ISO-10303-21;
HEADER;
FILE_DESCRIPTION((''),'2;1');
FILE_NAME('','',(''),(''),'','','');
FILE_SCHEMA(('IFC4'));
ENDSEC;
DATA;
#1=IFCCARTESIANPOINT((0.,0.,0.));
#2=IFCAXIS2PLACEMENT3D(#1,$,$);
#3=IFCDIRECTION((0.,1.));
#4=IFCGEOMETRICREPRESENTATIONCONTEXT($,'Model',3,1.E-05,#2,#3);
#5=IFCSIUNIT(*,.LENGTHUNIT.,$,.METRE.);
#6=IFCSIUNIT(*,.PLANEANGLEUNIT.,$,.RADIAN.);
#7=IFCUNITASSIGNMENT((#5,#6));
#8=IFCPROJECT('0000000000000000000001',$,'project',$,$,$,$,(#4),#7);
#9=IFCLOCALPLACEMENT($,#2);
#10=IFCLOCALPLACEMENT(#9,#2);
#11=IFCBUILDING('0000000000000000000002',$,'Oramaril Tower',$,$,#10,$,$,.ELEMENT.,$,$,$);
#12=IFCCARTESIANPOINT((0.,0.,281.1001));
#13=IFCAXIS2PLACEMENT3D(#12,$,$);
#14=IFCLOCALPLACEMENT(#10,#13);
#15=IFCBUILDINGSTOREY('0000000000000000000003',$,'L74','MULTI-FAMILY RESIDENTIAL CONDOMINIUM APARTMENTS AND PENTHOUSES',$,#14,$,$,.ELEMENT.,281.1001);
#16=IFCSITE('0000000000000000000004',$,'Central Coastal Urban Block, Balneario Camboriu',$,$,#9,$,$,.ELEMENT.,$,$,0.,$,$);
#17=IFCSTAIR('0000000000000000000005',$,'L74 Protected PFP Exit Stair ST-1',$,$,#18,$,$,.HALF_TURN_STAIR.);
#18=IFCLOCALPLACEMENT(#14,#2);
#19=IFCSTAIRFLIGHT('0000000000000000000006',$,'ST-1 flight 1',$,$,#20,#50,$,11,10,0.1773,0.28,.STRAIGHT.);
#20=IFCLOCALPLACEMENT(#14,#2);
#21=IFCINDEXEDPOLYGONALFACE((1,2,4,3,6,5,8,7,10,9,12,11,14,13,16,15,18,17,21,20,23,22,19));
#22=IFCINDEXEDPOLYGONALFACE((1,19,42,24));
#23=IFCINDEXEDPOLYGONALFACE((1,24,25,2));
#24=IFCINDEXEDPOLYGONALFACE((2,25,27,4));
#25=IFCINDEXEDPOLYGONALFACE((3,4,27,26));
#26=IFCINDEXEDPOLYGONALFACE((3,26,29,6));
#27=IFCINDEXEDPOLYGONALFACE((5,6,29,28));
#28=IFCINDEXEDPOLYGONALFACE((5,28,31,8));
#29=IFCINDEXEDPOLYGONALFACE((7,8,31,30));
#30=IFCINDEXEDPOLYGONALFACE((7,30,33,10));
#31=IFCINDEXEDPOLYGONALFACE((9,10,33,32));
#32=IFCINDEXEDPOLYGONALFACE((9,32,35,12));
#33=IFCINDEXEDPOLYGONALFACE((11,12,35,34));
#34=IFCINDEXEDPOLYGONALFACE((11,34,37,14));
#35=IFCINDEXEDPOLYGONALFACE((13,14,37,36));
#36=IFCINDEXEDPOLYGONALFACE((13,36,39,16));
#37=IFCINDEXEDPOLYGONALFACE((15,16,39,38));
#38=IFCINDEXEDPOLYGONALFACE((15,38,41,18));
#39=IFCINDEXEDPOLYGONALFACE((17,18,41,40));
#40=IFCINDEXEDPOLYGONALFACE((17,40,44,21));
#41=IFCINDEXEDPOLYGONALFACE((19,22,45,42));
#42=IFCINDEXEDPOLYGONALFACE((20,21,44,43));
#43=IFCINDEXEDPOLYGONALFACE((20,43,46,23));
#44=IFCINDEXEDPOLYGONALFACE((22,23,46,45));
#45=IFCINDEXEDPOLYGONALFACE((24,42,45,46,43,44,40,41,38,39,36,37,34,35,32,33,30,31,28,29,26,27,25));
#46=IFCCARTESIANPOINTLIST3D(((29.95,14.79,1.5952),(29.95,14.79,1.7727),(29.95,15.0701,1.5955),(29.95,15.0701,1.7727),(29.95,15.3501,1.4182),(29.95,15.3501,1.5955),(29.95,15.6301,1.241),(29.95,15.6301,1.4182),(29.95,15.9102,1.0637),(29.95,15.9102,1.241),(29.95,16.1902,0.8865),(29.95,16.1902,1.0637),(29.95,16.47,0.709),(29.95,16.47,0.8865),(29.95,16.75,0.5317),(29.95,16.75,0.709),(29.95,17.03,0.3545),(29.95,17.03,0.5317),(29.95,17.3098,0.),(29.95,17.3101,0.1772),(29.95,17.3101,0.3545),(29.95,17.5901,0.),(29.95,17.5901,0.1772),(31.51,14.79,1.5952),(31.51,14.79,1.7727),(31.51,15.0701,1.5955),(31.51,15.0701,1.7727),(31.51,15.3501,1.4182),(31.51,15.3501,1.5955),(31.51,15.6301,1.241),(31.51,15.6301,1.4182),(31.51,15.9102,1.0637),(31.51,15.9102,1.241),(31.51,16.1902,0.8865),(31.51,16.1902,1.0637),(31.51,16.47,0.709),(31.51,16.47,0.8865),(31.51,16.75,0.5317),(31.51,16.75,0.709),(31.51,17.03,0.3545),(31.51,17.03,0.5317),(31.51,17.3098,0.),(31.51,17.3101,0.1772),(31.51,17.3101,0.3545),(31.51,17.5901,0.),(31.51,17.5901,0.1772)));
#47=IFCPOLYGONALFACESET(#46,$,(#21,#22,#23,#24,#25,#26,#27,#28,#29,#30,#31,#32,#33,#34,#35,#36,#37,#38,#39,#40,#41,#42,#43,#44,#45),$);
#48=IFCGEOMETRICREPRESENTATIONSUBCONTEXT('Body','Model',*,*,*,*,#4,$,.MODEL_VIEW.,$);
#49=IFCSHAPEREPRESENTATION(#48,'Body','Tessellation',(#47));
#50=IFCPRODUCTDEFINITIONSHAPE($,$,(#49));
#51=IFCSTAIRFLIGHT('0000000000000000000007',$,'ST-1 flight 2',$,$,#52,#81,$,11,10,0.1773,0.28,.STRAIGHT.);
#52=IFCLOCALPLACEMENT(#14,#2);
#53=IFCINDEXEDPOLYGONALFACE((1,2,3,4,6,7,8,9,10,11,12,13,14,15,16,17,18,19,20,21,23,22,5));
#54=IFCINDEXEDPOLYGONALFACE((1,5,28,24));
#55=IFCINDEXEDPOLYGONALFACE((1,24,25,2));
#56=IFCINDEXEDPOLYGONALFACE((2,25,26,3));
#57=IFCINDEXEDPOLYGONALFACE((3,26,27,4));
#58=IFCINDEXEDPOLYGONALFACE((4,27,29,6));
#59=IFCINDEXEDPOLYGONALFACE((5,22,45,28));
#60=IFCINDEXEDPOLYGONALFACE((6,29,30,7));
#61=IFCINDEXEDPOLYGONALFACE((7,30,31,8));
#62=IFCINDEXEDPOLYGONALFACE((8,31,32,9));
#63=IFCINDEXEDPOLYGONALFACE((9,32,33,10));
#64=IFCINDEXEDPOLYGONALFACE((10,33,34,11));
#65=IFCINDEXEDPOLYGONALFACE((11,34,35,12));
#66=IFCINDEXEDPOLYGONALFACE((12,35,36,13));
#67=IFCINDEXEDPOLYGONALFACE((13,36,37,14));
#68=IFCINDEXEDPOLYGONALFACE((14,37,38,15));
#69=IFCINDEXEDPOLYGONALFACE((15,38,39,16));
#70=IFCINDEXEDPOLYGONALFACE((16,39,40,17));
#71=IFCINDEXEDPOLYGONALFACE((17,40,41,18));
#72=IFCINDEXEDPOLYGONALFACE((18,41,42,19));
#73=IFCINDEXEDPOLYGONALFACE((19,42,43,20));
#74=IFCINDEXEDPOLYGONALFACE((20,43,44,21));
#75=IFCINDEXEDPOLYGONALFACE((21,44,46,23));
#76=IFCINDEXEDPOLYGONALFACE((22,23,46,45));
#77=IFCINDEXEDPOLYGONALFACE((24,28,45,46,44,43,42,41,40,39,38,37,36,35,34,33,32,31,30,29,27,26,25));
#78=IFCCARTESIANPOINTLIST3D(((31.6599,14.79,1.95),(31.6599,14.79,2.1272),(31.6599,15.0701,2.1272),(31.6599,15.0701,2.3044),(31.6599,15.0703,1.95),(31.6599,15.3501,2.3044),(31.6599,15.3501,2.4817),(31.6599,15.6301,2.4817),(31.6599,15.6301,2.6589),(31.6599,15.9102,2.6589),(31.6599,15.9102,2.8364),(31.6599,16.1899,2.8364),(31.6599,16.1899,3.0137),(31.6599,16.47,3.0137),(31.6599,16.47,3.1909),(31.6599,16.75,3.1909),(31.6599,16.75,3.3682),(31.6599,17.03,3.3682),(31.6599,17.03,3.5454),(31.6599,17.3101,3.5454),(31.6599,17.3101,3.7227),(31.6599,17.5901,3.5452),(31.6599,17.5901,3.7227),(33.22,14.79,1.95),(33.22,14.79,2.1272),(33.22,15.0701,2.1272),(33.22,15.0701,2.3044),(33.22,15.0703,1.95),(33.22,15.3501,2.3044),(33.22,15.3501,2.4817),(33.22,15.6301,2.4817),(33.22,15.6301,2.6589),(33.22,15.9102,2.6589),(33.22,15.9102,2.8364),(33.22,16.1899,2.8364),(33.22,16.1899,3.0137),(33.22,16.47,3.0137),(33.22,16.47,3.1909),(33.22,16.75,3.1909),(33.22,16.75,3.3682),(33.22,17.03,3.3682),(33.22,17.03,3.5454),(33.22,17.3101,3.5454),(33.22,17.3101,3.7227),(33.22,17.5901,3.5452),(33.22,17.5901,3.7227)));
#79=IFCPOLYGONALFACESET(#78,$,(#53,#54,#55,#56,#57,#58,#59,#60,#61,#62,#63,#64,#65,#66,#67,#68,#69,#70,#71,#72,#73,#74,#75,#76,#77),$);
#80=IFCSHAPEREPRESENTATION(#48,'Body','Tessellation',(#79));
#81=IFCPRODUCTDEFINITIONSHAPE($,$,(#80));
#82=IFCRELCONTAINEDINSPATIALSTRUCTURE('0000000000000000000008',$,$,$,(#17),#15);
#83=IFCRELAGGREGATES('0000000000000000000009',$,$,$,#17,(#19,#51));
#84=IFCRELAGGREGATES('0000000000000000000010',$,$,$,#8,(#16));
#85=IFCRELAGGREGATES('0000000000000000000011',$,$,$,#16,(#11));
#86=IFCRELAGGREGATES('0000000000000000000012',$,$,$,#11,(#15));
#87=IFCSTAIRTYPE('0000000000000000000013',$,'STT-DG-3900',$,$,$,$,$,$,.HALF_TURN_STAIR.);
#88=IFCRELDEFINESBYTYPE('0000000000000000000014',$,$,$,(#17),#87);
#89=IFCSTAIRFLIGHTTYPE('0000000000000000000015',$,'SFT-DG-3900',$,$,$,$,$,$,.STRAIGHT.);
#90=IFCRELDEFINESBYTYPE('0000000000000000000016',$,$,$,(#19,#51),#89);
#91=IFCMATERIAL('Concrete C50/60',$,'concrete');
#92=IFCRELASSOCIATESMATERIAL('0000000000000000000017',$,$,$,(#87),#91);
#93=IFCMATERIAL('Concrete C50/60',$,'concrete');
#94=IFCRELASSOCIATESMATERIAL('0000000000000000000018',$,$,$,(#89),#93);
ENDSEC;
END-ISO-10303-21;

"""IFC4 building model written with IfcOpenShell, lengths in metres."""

from ifc_helpers import new_model, si_unit, direction, frame, origin, place, context, subcontext, project, spatial, polyline, outline, extrude, material, type_object, element, aggregate, save


model = new_model("IFC4")

# Units and contexts
model_context = context("Model", 3, precision=1e-05, world=origin(), true_north=direction((0.0, 1.0)))
body_context = subcontext(model_context, "Body", "Model", "MODEL_VIEW")
ifc_project = project(units=[si_unit("LENGTHUNIT", "METRE"), si_unit("PLANEANGLEUNIT", "RADIAN")], contexts=[model_context])

# Site, building, storey
site_placement = place(None, origin())
site = spatial("IfcSite", under=ifc_project, at=site_placement, Name="Central Coastal Urban Block, Balneario Camboriu", CompositionType="ELEMENT", RefElevation=0.0)
building_placement = place(site_placement, origin())
building = spatial("IfcBuilding", under=site, at=building_placement, Name="Oramaril Tower", CompositionType="ELEMENT")
storey_placement = place(building_placement, frame((0.0, 0.0, 281.1001)))
storey = spatial("IfcBuildingStorey", under=building, at=storey_placement, Name="L74", Description="MULTI-FAMILY RESIDENTIAL CONDOMINIUM APARTMENTS AND PENTHOUSES", CompositionType="ELEMENT", Elevation=281.1001)

# Stair, stair flights
ifc_material_1 = material(Name="Concrete C50/60", Category="concrete")
stair_type = type_object("IfcStairType", Name="STT-DG-3900", PredefinedType="HALF_TURN_STAIR", material=ifc_material_1)
stair_placement = place(storey_placement, origin())
stair = element("IfcStair", 1, at=stair_placement, inside=storey, type_object=stair_type, Name="L74 Protected PFP Exit Stair ST-1", PredefinedType="HALF_TURN_STAIR")
ifc_material_2 = material(Name="Concrete C50/60", Category="concrete")
stair_flight_type = type_object("IfcStairFlightType", Name="SFT-DG-3900", PredefinedType="STRAIGHT", material=ifc_material_2)
stair_flight_1_placement = place(storey_placement, frame((30.73, 17.5901, 0.0), z_axis=(0.0, 0.0, 1.0), x_axis=(0.0, -1.0, 0.0)))
stair_flight_1 = element("IfcStairFlight", 2, at=stair_flight_1_placement, type_object=stair_flight_type, Name="ST-1 flight 1", NumberOfRisers=11, NumberOfTreads=10, PredefinedType="STRAIGHT", RiserHeight=0.1773, TreadLength=0.28, context=body_context, shape_type="SweptSolid", body=[
    extrude(outline(polyline([(0.0, 0.0), (0.0, 0.1772), (0.28, 0.1772), (0.28, 0.3545), (0.5601, 0.3545), (0.5601, 0.5317), (0.8401, 0.5317), (0.8401, 0.709), (1.1201, 0.709), (1.1201, 0.8865), (1.3999, 0.8865), (1.3999, 1.0637), (1.6799, 1.0637), (1.6799, 1.241), (1.96, 1.241), (1.96, 1.4182), (2.24, 1.4182), (2.24, 1.5955), (2.52, 1.5955), (2.52, 1.7727), (2.8, 1.7727), (2.8, 1.95), (2.8, 1.5952), (0.2803, 0.0), (0.0, 0.0)])), frame((0.0, 0.78, 0.0), z_axis=(0.0, -1.0, 0.0), x_axis=(1.0, 0.0, 0.0)), (0.0, 0.0, 1.0), 1.5601),
])
stair_flight_2_placement = place(storey_placement, frame((32.4399, 14.79, 1.95), z_axis=(0.0, 0.0, 1.0), x_axis=(0.0, 1.0, 0.0)))
stair_flight_2 = element("IfcStairFlight", 3, at=stair_flight_2_placement, type_object=stair_flight_type, Name="ST-1 flight 2", NumberOfRisers=11, NumberOfTreads=10, PredefinedType="STRAIGHT", RiserHeight=0.1773, TreadLength=0.28, context=body_context, shape_type="SweptSolid", body=[
    extrude(outline(polyline([(0.0, 0.0), (0.0, 0.1772), (0.28, 0.1772), (0.28, 0.3545), (0.5601, 0.3545), (0.5601, 0.5317), (0.8401, 0.5317), (0.8401, 0.709), (1.1201, 0.709), (1.1201, 0.8865), (1.3999, 0.8865), (1.3999, 1.0637), (1.6799, 1.0637), (1.6799, 1.241), (1.96, 1.241), (1.96, 1.4182), (2.24, 1.4182), (2.24, 1.5955), (2.52, 1.5955), (2.52, 1.7727), (2.8, 1.7727), (2.8, 1.95), (2.8, 1.5952), (0.2803, 0.0), (0.0, 0.0)])), frame((0.0, 0.78, 0.0), z_axis=(0.0, -1.0, 0.0), x_axis=(1.0, 0.0, 0.0)), (0.0, 0.0, 1.0), 1.5601),
])
aggregate(stair, [stair_flight_1, stair_flight_2])

save(model, "model.ifc")
